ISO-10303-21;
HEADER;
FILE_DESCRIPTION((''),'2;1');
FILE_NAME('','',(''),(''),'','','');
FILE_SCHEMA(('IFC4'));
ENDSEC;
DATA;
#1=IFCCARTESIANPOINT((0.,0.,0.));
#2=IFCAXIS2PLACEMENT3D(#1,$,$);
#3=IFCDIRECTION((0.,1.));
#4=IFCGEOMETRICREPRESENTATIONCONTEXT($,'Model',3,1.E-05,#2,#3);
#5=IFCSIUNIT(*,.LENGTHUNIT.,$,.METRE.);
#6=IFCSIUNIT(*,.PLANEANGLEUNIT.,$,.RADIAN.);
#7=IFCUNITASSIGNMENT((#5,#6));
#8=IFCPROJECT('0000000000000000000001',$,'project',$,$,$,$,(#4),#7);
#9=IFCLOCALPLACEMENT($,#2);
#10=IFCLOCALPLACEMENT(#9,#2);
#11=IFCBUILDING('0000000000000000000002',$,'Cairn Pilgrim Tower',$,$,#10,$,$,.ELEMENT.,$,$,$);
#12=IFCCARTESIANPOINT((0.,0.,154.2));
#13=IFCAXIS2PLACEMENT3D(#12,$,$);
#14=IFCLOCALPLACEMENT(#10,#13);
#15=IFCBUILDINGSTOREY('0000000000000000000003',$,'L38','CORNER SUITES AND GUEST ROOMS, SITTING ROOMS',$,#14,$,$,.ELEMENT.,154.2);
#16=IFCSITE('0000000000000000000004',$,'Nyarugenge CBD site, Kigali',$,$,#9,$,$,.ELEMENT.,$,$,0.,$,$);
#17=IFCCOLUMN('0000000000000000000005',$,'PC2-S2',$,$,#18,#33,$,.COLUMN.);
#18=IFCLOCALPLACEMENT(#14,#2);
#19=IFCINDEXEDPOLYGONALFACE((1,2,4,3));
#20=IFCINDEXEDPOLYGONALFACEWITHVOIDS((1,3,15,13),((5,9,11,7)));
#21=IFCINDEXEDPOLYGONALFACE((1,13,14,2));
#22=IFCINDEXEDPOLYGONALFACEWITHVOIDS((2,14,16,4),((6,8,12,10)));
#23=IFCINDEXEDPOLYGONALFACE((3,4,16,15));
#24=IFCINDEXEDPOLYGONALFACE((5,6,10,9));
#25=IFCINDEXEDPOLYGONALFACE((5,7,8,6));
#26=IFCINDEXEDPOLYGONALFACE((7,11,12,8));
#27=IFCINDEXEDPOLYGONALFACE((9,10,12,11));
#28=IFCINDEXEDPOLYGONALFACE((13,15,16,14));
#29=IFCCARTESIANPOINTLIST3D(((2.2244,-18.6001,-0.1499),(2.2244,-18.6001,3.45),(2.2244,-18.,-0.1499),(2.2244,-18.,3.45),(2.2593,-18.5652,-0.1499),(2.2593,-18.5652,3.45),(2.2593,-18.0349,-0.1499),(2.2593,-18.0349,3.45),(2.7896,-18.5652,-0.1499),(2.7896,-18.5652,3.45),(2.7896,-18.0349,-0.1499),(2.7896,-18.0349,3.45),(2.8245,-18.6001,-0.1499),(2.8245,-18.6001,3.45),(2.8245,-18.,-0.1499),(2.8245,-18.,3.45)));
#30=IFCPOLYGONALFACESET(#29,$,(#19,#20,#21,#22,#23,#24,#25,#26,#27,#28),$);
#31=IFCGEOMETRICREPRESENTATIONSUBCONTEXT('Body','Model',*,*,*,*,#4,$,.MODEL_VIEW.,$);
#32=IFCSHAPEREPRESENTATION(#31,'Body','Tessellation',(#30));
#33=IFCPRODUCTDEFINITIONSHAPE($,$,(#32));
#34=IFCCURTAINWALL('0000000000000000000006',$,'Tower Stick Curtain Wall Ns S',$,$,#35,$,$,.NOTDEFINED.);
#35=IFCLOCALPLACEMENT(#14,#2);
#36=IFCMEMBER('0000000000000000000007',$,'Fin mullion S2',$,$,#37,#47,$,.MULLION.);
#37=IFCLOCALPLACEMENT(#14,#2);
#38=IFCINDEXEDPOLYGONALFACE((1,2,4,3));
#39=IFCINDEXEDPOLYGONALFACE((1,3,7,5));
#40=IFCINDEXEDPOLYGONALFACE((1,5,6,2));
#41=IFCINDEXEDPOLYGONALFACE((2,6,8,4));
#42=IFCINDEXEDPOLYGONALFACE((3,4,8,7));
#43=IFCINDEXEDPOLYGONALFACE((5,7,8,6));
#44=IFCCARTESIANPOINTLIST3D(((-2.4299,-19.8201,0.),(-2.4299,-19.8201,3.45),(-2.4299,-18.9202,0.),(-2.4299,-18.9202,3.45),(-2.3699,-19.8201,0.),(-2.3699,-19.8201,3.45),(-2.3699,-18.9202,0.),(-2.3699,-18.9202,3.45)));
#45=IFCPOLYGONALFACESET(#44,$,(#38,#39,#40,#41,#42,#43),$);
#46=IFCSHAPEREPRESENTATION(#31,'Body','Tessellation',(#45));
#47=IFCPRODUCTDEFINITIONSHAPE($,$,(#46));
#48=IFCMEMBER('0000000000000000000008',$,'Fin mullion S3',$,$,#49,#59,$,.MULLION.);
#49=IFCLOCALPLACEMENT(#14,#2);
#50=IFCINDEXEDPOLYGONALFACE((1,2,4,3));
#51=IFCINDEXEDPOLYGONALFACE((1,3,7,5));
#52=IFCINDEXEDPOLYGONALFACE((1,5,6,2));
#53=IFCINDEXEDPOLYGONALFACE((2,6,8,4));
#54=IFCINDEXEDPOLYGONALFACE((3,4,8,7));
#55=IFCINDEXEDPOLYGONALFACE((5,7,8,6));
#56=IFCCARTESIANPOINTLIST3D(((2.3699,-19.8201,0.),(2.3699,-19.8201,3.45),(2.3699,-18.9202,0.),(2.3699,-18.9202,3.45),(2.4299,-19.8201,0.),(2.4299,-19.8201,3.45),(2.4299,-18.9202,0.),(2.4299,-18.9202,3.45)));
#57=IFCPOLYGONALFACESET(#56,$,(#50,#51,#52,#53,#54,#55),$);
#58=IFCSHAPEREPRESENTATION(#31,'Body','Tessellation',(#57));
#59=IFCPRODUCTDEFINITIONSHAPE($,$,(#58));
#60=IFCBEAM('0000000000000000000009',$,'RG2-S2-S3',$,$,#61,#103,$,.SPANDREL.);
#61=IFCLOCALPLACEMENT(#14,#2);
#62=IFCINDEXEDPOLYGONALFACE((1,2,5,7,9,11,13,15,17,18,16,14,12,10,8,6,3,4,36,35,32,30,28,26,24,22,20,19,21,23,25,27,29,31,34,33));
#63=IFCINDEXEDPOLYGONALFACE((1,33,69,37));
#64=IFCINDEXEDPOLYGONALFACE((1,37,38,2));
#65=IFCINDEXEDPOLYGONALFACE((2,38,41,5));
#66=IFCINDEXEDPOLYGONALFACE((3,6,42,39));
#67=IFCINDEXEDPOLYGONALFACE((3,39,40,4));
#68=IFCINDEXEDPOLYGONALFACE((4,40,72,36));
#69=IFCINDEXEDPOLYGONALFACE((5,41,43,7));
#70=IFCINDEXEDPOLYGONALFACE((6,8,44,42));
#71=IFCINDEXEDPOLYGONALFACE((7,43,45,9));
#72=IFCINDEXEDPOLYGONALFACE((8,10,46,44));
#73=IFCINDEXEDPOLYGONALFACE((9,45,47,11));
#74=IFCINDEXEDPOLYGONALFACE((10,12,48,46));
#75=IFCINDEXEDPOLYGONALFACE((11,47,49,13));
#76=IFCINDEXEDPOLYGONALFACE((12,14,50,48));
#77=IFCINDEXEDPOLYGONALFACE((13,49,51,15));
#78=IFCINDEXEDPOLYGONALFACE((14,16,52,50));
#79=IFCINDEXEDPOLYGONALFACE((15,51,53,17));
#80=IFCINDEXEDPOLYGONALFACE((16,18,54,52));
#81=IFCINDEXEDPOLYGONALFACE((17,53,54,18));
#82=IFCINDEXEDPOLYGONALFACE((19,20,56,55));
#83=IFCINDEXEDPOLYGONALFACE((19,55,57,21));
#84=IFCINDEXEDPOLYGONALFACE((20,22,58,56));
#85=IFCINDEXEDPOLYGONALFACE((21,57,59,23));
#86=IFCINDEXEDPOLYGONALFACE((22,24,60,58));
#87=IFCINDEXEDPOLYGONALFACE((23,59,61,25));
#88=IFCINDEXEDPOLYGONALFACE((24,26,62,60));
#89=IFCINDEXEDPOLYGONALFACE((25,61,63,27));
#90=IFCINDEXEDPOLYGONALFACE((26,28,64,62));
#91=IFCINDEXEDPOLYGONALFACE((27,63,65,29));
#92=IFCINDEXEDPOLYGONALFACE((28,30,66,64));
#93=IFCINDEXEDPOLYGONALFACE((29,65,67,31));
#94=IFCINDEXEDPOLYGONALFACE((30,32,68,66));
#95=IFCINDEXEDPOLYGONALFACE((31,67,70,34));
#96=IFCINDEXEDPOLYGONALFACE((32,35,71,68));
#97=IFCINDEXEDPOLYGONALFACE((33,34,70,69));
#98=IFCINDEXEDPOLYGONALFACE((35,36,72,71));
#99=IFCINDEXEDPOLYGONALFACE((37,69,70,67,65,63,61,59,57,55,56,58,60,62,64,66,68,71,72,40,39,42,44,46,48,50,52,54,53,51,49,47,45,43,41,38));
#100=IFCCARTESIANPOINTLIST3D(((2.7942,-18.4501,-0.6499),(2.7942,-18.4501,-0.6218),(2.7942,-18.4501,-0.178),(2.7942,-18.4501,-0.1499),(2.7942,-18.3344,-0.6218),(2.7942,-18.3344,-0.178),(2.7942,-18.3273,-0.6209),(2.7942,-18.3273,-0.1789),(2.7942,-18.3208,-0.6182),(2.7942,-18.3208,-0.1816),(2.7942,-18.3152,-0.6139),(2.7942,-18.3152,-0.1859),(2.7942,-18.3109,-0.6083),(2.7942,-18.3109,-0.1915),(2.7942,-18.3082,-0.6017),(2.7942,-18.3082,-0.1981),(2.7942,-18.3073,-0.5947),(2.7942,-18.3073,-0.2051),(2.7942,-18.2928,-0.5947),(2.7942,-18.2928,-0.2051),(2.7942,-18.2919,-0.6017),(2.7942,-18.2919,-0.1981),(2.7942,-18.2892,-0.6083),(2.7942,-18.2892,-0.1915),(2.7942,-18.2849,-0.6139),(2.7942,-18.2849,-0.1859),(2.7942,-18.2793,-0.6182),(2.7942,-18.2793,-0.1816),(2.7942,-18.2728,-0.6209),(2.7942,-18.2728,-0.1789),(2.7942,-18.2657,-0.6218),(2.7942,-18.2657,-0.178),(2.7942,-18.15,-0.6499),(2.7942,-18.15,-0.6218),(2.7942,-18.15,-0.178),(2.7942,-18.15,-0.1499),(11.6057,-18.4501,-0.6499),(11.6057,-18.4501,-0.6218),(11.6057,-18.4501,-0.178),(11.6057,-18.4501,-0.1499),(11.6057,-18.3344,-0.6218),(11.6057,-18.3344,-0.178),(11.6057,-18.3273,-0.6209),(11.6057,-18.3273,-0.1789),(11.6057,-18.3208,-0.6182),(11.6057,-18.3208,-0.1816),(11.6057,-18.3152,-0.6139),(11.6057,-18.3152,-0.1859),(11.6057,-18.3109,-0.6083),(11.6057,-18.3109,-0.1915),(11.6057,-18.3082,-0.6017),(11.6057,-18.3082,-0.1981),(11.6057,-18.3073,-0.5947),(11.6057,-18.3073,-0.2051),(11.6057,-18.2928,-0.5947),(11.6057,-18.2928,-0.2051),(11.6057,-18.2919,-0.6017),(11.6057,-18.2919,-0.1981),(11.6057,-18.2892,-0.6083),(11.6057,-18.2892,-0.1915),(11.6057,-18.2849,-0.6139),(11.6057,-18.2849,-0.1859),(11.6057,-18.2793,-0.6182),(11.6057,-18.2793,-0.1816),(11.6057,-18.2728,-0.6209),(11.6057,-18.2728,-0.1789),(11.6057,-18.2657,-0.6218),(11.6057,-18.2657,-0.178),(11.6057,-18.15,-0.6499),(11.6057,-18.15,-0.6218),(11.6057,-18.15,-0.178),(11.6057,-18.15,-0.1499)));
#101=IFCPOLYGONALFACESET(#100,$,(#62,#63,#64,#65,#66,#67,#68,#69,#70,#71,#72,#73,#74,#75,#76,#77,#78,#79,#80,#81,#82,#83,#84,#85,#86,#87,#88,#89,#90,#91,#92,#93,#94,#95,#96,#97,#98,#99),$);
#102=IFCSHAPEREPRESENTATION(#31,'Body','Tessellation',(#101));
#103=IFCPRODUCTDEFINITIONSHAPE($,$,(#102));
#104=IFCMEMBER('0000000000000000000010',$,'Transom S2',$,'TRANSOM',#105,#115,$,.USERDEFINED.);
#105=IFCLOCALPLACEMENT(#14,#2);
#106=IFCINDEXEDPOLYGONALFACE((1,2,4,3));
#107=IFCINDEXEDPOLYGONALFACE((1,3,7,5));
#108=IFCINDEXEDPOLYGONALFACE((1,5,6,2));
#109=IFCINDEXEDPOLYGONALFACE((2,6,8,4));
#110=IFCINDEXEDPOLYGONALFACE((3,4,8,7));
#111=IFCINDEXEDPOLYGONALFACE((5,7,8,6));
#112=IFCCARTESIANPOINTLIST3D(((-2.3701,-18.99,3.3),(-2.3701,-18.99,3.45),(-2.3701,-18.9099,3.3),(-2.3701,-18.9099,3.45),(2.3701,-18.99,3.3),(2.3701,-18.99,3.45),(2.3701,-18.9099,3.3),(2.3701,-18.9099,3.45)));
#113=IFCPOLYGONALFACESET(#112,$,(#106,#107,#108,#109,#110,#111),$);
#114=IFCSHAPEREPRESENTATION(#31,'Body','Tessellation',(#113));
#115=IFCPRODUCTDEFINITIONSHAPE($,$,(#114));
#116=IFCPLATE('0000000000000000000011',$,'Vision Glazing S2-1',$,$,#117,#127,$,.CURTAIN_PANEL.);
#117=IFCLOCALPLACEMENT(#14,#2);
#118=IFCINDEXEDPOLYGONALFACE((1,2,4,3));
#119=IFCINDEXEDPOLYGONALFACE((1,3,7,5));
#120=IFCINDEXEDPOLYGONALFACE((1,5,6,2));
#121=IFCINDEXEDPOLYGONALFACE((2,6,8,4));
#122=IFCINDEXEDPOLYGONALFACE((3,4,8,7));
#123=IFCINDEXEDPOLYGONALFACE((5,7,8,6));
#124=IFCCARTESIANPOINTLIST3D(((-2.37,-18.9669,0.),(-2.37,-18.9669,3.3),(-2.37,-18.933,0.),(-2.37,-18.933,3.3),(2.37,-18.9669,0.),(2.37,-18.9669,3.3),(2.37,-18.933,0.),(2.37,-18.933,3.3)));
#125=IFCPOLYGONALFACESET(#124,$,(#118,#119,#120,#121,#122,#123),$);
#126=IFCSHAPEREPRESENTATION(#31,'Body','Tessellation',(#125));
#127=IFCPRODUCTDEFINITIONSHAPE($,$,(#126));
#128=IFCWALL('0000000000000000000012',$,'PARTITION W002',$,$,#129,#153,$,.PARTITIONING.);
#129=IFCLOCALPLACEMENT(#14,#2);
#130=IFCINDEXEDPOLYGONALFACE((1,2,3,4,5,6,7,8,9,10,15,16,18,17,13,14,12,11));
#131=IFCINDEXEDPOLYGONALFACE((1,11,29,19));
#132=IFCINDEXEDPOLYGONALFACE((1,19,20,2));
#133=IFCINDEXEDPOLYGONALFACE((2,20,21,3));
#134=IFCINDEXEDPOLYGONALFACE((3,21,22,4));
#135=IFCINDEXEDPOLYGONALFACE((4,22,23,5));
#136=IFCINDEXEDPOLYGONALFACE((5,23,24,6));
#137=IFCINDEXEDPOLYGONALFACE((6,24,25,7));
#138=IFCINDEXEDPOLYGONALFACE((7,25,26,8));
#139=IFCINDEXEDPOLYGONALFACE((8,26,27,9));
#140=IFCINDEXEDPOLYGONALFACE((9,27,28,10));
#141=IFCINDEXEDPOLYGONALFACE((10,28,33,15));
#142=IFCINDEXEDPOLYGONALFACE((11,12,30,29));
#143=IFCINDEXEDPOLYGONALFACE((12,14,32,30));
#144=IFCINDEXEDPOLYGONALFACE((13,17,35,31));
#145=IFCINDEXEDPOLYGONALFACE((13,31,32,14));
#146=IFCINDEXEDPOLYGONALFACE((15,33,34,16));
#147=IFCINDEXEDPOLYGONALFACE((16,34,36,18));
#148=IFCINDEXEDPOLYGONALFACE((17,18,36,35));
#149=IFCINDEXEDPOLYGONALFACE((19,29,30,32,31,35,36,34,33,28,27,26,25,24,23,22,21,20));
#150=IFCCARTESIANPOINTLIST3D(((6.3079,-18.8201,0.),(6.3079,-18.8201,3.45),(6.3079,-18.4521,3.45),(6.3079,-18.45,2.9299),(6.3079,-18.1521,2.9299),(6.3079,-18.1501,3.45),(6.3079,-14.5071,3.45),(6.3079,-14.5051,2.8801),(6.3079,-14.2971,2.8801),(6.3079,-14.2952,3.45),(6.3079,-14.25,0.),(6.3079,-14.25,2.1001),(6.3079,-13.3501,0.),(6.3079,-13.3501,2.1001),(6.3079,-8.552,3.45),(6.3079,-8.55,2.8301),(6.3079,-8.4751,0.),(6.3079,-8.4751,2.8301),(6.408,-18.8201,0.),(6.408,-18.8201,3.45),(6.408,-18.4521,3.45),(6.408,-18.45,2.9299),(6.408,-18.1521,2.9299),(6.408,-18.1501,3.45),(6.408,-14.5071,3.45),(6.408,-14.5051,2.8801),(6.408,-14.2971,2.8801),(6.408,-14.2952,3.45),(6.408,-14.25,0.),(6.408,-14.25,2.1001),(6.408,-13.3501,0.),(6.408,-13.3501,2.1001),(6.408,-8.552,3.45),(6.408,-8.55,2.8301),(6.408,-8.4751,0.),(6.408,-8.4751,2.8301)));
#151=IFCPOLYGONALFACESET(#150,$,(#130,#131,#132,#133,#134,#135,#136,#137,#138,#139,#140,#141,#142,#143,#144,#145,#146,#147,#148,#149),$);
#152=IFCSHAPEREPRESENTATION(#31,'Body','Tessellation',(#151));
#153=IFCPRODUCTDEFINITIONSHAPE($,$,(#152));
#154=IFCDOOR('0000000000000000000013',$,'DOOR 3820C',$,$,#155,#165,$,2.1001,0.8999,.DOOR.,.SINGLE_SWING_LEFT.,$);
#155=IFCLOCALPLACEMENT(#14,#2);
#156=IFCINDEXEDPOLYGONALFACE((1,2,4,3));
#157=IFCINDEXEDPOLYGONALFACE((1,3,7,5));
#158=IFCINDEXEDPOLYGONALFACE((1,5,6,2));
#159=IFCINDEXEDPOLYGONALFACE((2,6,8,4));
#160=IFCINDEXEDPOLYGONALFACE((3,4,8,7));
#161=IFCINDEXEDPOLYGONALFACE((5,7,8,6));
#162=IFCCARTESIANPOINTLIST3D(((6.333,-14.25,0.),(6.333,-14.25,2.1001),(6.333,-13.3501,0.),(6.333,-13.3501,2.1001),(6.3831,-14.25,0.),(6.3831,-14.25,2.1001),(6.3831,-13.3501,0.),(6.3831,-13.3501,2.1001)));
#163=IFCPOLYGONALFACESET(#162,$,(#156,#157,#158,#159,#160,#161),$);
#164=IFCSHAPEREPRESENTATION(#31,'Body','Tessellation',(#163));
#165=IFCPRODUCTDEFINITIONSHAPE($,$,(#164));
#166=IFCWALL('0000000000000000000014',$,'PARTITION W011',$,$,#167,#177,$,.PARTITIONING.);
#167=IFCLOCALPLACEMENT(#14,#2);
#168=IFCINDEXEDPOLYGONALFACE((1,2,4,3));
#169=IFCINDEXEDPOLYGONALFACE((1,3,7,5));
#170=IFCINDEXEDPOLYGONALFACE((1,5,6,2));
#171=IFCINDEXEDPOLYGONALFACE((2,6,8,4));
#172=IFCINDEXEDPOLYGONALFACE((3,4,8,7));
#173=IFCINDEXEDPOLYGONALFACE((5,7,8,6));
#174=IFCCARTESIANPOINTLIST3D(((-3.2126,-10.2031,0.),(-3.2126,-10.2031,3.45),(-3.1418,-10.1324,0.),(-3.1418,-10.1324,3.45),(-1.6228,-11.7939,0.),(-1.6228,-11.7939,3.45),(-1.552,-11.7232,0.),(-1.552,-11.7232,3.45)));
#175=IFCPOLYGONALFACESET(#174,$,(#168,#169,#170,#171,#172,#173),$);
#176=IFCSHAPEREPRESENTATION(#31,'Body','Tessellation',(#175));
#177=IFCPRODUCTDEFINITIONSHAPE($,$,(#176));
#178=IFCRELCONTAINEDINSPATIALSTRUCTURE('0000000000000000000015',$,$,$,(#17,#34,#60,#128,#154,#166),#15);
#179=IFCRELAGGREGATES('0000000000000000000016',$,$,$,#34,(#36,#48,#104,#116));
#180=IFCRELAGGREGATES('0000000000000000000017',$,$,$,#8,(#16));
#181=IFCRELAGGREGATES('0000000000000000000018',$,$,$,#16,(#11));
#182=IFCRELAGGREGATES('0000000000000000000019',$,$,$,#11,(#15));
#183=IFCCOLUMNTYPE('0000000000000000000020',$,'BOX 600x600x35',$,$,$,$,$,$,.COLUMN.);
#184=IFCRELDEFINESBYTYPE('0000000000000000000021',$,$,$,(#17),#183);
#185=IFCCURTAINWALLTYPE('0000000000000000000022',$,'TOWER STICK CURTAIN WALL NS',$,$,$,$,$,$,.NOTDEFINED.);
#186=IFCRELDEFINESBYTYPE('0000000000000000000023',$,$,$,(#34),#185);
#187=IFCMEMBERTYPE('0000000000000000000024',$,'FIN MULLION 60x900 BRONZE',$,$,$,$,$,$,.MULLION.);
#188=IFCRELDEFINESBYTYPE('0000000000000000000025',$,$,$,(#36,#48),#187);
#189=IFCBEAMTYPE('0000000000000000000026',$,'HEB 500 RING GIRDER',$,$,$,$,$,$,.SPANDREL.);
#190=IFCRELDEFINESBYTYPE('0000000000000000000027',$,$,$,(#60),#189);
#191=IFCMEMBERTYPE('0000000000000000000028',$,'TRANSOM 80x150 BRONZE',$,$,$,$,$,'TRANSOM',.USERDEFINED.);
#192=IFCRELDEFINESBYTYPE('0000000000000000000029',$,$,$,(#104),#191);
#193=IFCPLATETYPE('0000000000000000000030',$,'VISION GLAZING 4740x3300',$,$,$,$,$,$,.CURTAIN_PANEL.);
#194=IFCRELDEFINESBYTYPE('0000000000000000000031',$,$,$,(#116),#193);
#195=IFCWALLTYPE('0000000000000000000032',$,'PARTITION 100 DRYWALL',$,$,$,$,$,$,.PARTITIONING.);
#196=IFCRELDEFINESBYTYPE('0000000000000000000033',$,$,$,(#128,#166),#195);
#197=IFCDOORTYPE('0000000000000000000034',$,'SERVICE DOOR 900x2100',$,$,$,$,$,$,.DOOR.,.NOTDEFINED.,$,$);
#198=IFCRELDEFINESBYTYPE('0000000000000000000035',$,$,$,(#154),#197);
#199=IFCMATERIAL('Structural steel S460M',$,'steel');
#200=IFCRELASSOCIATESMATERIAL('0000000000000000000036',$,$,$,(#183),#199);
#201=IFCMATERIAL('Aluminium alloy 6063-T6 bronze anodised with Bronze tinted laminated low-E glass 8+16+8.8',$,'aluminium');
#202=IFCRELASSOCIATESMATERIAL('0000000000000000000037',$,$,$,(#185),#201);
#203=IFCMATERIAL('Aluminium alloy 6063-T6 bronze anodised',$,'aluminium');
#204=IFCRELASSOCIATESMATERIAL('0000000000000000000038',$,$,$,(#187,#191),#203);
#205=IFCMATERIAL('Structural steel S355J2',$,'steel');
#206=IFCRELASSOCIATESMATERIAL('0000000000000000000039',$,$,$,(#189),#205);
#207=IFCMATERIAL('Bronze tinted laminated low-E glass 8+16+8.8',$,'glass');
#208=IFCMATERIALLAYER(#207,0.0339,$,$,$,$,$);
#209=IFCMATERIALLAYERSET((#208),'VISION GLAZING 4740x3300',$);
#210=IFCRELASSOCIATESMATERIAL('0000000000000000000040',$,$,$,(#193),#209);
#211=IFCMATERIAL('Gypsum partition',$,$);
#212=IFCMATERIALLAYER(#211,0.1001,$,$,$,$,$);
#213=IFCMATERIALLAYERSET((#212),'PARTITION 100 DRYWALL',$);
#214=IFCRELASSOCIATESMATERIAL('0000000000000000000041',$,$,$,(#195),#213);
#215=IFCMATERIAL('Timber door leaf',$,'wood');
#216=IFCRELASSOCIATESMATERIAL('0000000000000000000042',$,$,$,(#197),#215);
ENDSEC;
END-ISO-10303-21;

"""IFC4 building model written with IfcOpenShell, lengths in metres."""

from ifc_helpers import new_model, si_unit, direction, frame, frame_2d, origin, origin_2d, place, context, subcontext, project, spatial, polyline, rectangle, hollow_rectangle, i_section, outline, extrude, material, layer, layer_set, material_profile, profile_set, type_object, element, fill, aggregate, save


model = new_model("IFC4")

# Units and contexts
model_context = context("Model", 3, precision=1e-05, world=origin(), true_north=direction((0.0, 1.0)))
body_context = subcontext(model_context, "Body", "Model", "MODEL_VIEW")
ifc_project = project(units=[si_unit("LENGTHUNIT", "METRE"), si_unit("PLANEANGLEUNIT", "RADIAN")], contexts=[model_context])

# Site, building, storey
site_placement = place(None, origin())
site = spatial("IfcSite", under=ifc_project, at=site_placement, Name="Nyarugenge CBD site, Kigali", CompositionType="ELEMENT", RefElevation=0.0)
building_placement = place(site_placement, origin())
building = spatial("IfcBuilding", under=site, at=building_placement, Name="Cairn Pilgrim Tower", CompositionType="ELEMENT")
storey_placement = place(building_placement, frame((0.0, 0.0, 154.2)))
storey = spatial("IfcBuildingStorey", under=building, at=storey_placement, Name="L38", Description="CORNER SUITES AND GUEST ROOMS, SITTING ROOMS", CompositionType="ELEMENT", Elevation=154.2)

# Column
ifc_material_1 = material(Name="Structural steel S460M", Category="steel")
ifc_material_profile_1 = material_profile(ifc_material_1, hollow_rectangle(XDim=0.6001, YDim=0.6001, WallThickness=0.0349, at=origin_2d()), Name="BOX 600x600x35")
ifc_profile_set_1 = profile_set([ifc_material_profile_1], Name="Structural steel S460M")
column_type = type_object("IfcColumnType", Name="BOX 600x600x35", PredefinedType="COLUMN", material=ifc_profile_set_1)
column_placement = place(storey_placement, frame((2.5244, -18.3, -0.1499), z_axis=(0.0, 0.0, 1.0), x_axis=(1.0, 0.0, 0.0)))
element("IfcColumn", 1, at=column_placement, inside=storey, type_object=column_type, Name="PC2-S2", PredefinedType="COLUMN", context=body_context, shape_type="SweptSolid", body=[
    extrude(hollow_rectangle(XDim=0.6001, YDim=0.6001, WallThickness=0.0349, at=origin_2d()), origin(), (0.0, 0.0, 1.0), 3.5999),
])

# Curtain wall, members
ifc_material_2 = material(Name="Aluminium alloy 6063-T6 bronze anodised with Bronze tinted laminated low-E glass 8+16+8.8", Category="aluminium")
curtain_wall_type = type_object("IfcCurtainWallType", Name="TOWER STICK CURTAIN WALL NS", PredefinedType="NOTDEFINED", material=ifc_material_2)
curtain_wall_placement = place(storey_placement, origin())
curtain_wall = element("IfcCurtainWall", 2, at=curtain_wall_placement, inside=storey, type_object=curtain_wall_type, Name="Tower Stick Curtain Wall Ns S", PredefinedType="NOTDEFINED")
ifc_material_3 = material(Name="Aluminium alloy 6063-T6 bronze anodised", Category="aluminium")
ifc_material_profile_2 = material_profile(ifc_material_3, rectangle(XDim=0.8999, YDim=0.0601, at=origin_2d()), Name="FIN MULLION 60x900 BRONZE")
ifc_profile_set_2 = profile_set([ifc_material_profile_2], Name="Aluminium alloy 6063-T6 bronze anodised")
member_type_1 = type_object("IfcMemberType", Name="FIN MULLION 60x900 BRONZE", PredefinedType="MULLION", material=ifc_profile_set_2)
member_1_placement = place(storey_placement, frame((-2.3999, -19.3701, 0.0), z_axis=(0.0, 0.0, 1.0), x_axis=(0.0, -1.0, 0.0)))
member_1 = element("IfcMember", 3, at=member_1_placement, type_object=member_type_1, Name="Fin mullion S2", PredefinedType="MULLION", context=body_context, shape_type="SweptSolid", body=[
    extrude(rectangle(XDim=0.8999, YDim=0.0601, at=origin_2d()), origin(), (0.0, 0.0, 1.0), 3.45),
])
member_2_placement = place(storey_placement, frame((2.3999, -19.3701, 0.0), z_axis=(0.0, 0.0, 1.0), x_axis=(0.0, -1.0, 0.0)))
member_2 = element("IfcMember", 4, at=member_2_placement, type_object=member_type_1, Name="Fin mullion S3", PredefinedType="MULLION", context=body_context, shape_type="SweptSolid", body=[
    extrude(rectangle(XDim=0.8999, YDim=0.0601, at=origin_2d()), origin(), (0.0, 0.0, 1.0), 3.45),
])

# Beam
ifc_material_4 = material(Name="Structural steel S355J2", Category="steel")
ifc_material_profile_3 = material_profile(ifc_material_4, i_section(OverallWidth=0.3, OverallDepth=0.5, WebThickness=0.0144, FlangeThickness=0.0281, FilletRadius=0.0271, at=origin_2d()), Name="HEB 500")
ifc_profile_set_3 = profile_set([ifc_material_profile_3], Name="Structural steel S355J2")
beam_type = type_object("IfcBeamType", Name="HEB 500 RING GIRDER", PredefinedType="SPANDREL", material=ifc_profile_set_3)
beam_placement = place(storey_placement, frame((2.7942, -18.3, -0.3999), z_axis=(1.0, 0.0, 0.0), x_axis=(0.0, 1.0, 0.0)))
element("IfcBeam", 5, at=beam_placement, inside=storey, type_object=beam_type, Name="RG2-S2-S3", PredefinedType="SPANDREL", context=body_context, shape_type="SweptSolid", body=[
    extrude(i_section(OverallWidth=0.3, OverallDepth=0.5, WebThickness=0.0144, FlangeThickness=0.0281, FilletRadius=0.0271, at=origin_2d()), origin(), (0.0, 0.0, 1.0), 8.8115),
])

# Member
ifc_material_profile_4 = material_profile(ifc_material_3, rectangle(XDim=0.0801, YDim=0.1499, at=origin_2d()), Name="TRANSOM 80x150 BRONZE")
ifc_profile_set_4 = profile_set([ifc_material_profile_4], Name="Aluminium alloy 6063-T6 bronze anodised")
member_type_2 = type_object("IfcMemberType", Name="TRANSOM 80x150 BRONZE", ElementType="TRANSOM", PredefinedType="USERDEFINED", material=ifc_profile_set_4)
member_3_placement = place(storey_placement, frame((-2.3701, -18.95, 3.375), z_axis=(1.0, 0.0, 0.0), x_axis=(0.0, 1.0, 0.0)))
member_3 = element("IfcMember", 6, at=member_3_placement, type_object=member_type_2, Name="Transom S2", ObjectType="TRANSOM", PredefinedType="USERDEFINED", context=body_context, shape_type="SweptSolid", body=[
    extrude(rectangle(XDim=0.0801, YDim=0.1499, at=origin_2d()), origin(), (0.0, 0.0, 1.0), 4.7402),
])

# Plate
ifc_material_5 = material(Name="Bronze tinted laminated low-E glass 8+16+8.8", Category="glass")
ifc_layer_1 = layer(ifc_material_5, 0.0339)
ifc_layer_set_1 = layer_set([ifc_layer_1], Name="VISION GLAZING 4740x3300")
plate_type = type_object("IfcPlateType", Name="VISION GLAZING 4740x3300", PredefinedType="CURTAIN_PANEL", material=ifc_layer_set_1)
plate_placement = place(storey_placement, frame((0.0, -18.95, 0.0), z_axis=(0.0, 0.0, 1.0), x_axis=(1.0, 0.0, 0.0)))
plate = element("IfcPlate", 7, at=plate_placement, type_object=plate_type, Name="Vision Glazing S2-1", PredefinedType="CURTAIN_PANEL", context=body_context, shape_type="SweptSolid", body=[
    extrude(rectangle(XDim=4.74, YDim=0.0339, at=origin_2d()), origin(), (0.0, 0.0, 1.0), 3.3),
])
aggregate(curtain_wall, [member_1, member_2, member_3, plate])

# Wall, opening, door
ifc_material_6 = material(Name="Gypsum partition")
ifc_layer_2 = layer(ifc_material_6, 0.1001)
ifc_layer_set_2 = layer_set([ifc_layer_2], Name="PARTITION 100 DRYWALL")
wall_type_1 = type_object("IfcWallType", Name="PARTITION 100 DRYWALL", PredefinedType="PARTITIONING", material=ifc_layer_set_2)
wall_1_placement = place(storey_placement, frame((6.3579, -18.8201, 0.0), z_axis=(0.0, 0.0, 1.0), x_axis=(0.0, 1.0, 0.0)))
wall_1 = element("IfcWall", 8, at=wall_1_placement, inside=storey, type_object=wall_type_1, Name="PARTITION W002", PredefinedType="PARTITIONING", context=body_context, shape_type="SweptSolid", body=[
    extrude(outline(polyline([(0.0, 0.0), (10.345, 0.0), (10.345, 2.8301), (10.27, 2.8301), (10.2681, 3.45), (4.5249, 3.45), (4.5229, 2.8801), (4.3149, 2.8801), (4.313, 3.45), (0.6699, 3.45), (0.668, 2.9299), (0.3701, 2.9299), (0.3679, 3.45), (0.0, 3.45), (0.0, 0.0)])), frame((0.0, 0.05, 0.0), z_axis=(0.0, -1.0, 0.0), x_axis=(1.0, 0.0, 0.0)), (0.0, 0.0, 1.0), 0.1001),
])
opening_1_placement = place(wall_1_placement, frame((4.5701, 0.0, 0.0)))
opening_1 = element("IfcOpeningElement", 9, at=opening_1_placement, cuts=wall_1, PredefinedType="OPENING", context=body_context, shape_type="SweptSolid", body=[
    extrude(rectangle(XDim=0.8999, YDim=2.1001, at=frame_2d((0.45, 1.05))), frame((0.0, 0.0601, 0.0), z_axis=(0.0, -1.0, 0.0), x_axis=(1.0, 0.0, 0.0)), (0.0, 0.0, 1.0), 0.1201),
])
ifc_material_7 = material(Name="Timber door leaf", Category="wood")
door_type_1 = type_object("IfcDoorType", Name="SERVICE DOOR 900x2100", OperationType="NOTDEFINED", PredefinedType="DOOR", material=ifc_material_7)
door_1_placement = place(opening_1_placement, origin())
door_1 = element("IfcDoor", 10, at=door_1_placement, inside=storey, type_object=door_type_1, Name="DOOR 3820C", OperationType="SINGLE_SWING_LEFT", OverallHeight=2.1001, OverallWidth=0.8999, PredefinedType="DOOR", context=body_context, shape_type="SweptSolid", body=[
    extrude(rectangle(XDim=0.8999, YDim=2.1001, at=frame_2d((0.45, 1.05))), frame((0.0, 0.0249, 0.0), z_axis=(0.0, -1.0, 0.0), x_axis=(1.0, 0.0, 0.0)), (0.0, 0.0, 1.0), 0.05),
])
fill(opening_1, door_1)

# Wall
wall_2_placement = place(storey_placement, frame((-1.5874, -11.7585, 0.0), z_axis=(0.0, 0.0, 1.0), x_axis=(-0.70689, 0.707324, 0.0)))
element("IfcWall", 11, at=wall_2_placement, inside=storey, type_object=wall_type_1, Name="PARTITION W011", PredefinedType="PARTITIONING", context=body_context, shape_type="SweptSolid", body=[
    extrude(rectangle(XDim=2.249, YDim=0.1001, at=frame_2d((1.1245, 0.0))), origin(), (0.0, 0.0, 1.0), 3.45),
])

save(model, "model.ifc")
